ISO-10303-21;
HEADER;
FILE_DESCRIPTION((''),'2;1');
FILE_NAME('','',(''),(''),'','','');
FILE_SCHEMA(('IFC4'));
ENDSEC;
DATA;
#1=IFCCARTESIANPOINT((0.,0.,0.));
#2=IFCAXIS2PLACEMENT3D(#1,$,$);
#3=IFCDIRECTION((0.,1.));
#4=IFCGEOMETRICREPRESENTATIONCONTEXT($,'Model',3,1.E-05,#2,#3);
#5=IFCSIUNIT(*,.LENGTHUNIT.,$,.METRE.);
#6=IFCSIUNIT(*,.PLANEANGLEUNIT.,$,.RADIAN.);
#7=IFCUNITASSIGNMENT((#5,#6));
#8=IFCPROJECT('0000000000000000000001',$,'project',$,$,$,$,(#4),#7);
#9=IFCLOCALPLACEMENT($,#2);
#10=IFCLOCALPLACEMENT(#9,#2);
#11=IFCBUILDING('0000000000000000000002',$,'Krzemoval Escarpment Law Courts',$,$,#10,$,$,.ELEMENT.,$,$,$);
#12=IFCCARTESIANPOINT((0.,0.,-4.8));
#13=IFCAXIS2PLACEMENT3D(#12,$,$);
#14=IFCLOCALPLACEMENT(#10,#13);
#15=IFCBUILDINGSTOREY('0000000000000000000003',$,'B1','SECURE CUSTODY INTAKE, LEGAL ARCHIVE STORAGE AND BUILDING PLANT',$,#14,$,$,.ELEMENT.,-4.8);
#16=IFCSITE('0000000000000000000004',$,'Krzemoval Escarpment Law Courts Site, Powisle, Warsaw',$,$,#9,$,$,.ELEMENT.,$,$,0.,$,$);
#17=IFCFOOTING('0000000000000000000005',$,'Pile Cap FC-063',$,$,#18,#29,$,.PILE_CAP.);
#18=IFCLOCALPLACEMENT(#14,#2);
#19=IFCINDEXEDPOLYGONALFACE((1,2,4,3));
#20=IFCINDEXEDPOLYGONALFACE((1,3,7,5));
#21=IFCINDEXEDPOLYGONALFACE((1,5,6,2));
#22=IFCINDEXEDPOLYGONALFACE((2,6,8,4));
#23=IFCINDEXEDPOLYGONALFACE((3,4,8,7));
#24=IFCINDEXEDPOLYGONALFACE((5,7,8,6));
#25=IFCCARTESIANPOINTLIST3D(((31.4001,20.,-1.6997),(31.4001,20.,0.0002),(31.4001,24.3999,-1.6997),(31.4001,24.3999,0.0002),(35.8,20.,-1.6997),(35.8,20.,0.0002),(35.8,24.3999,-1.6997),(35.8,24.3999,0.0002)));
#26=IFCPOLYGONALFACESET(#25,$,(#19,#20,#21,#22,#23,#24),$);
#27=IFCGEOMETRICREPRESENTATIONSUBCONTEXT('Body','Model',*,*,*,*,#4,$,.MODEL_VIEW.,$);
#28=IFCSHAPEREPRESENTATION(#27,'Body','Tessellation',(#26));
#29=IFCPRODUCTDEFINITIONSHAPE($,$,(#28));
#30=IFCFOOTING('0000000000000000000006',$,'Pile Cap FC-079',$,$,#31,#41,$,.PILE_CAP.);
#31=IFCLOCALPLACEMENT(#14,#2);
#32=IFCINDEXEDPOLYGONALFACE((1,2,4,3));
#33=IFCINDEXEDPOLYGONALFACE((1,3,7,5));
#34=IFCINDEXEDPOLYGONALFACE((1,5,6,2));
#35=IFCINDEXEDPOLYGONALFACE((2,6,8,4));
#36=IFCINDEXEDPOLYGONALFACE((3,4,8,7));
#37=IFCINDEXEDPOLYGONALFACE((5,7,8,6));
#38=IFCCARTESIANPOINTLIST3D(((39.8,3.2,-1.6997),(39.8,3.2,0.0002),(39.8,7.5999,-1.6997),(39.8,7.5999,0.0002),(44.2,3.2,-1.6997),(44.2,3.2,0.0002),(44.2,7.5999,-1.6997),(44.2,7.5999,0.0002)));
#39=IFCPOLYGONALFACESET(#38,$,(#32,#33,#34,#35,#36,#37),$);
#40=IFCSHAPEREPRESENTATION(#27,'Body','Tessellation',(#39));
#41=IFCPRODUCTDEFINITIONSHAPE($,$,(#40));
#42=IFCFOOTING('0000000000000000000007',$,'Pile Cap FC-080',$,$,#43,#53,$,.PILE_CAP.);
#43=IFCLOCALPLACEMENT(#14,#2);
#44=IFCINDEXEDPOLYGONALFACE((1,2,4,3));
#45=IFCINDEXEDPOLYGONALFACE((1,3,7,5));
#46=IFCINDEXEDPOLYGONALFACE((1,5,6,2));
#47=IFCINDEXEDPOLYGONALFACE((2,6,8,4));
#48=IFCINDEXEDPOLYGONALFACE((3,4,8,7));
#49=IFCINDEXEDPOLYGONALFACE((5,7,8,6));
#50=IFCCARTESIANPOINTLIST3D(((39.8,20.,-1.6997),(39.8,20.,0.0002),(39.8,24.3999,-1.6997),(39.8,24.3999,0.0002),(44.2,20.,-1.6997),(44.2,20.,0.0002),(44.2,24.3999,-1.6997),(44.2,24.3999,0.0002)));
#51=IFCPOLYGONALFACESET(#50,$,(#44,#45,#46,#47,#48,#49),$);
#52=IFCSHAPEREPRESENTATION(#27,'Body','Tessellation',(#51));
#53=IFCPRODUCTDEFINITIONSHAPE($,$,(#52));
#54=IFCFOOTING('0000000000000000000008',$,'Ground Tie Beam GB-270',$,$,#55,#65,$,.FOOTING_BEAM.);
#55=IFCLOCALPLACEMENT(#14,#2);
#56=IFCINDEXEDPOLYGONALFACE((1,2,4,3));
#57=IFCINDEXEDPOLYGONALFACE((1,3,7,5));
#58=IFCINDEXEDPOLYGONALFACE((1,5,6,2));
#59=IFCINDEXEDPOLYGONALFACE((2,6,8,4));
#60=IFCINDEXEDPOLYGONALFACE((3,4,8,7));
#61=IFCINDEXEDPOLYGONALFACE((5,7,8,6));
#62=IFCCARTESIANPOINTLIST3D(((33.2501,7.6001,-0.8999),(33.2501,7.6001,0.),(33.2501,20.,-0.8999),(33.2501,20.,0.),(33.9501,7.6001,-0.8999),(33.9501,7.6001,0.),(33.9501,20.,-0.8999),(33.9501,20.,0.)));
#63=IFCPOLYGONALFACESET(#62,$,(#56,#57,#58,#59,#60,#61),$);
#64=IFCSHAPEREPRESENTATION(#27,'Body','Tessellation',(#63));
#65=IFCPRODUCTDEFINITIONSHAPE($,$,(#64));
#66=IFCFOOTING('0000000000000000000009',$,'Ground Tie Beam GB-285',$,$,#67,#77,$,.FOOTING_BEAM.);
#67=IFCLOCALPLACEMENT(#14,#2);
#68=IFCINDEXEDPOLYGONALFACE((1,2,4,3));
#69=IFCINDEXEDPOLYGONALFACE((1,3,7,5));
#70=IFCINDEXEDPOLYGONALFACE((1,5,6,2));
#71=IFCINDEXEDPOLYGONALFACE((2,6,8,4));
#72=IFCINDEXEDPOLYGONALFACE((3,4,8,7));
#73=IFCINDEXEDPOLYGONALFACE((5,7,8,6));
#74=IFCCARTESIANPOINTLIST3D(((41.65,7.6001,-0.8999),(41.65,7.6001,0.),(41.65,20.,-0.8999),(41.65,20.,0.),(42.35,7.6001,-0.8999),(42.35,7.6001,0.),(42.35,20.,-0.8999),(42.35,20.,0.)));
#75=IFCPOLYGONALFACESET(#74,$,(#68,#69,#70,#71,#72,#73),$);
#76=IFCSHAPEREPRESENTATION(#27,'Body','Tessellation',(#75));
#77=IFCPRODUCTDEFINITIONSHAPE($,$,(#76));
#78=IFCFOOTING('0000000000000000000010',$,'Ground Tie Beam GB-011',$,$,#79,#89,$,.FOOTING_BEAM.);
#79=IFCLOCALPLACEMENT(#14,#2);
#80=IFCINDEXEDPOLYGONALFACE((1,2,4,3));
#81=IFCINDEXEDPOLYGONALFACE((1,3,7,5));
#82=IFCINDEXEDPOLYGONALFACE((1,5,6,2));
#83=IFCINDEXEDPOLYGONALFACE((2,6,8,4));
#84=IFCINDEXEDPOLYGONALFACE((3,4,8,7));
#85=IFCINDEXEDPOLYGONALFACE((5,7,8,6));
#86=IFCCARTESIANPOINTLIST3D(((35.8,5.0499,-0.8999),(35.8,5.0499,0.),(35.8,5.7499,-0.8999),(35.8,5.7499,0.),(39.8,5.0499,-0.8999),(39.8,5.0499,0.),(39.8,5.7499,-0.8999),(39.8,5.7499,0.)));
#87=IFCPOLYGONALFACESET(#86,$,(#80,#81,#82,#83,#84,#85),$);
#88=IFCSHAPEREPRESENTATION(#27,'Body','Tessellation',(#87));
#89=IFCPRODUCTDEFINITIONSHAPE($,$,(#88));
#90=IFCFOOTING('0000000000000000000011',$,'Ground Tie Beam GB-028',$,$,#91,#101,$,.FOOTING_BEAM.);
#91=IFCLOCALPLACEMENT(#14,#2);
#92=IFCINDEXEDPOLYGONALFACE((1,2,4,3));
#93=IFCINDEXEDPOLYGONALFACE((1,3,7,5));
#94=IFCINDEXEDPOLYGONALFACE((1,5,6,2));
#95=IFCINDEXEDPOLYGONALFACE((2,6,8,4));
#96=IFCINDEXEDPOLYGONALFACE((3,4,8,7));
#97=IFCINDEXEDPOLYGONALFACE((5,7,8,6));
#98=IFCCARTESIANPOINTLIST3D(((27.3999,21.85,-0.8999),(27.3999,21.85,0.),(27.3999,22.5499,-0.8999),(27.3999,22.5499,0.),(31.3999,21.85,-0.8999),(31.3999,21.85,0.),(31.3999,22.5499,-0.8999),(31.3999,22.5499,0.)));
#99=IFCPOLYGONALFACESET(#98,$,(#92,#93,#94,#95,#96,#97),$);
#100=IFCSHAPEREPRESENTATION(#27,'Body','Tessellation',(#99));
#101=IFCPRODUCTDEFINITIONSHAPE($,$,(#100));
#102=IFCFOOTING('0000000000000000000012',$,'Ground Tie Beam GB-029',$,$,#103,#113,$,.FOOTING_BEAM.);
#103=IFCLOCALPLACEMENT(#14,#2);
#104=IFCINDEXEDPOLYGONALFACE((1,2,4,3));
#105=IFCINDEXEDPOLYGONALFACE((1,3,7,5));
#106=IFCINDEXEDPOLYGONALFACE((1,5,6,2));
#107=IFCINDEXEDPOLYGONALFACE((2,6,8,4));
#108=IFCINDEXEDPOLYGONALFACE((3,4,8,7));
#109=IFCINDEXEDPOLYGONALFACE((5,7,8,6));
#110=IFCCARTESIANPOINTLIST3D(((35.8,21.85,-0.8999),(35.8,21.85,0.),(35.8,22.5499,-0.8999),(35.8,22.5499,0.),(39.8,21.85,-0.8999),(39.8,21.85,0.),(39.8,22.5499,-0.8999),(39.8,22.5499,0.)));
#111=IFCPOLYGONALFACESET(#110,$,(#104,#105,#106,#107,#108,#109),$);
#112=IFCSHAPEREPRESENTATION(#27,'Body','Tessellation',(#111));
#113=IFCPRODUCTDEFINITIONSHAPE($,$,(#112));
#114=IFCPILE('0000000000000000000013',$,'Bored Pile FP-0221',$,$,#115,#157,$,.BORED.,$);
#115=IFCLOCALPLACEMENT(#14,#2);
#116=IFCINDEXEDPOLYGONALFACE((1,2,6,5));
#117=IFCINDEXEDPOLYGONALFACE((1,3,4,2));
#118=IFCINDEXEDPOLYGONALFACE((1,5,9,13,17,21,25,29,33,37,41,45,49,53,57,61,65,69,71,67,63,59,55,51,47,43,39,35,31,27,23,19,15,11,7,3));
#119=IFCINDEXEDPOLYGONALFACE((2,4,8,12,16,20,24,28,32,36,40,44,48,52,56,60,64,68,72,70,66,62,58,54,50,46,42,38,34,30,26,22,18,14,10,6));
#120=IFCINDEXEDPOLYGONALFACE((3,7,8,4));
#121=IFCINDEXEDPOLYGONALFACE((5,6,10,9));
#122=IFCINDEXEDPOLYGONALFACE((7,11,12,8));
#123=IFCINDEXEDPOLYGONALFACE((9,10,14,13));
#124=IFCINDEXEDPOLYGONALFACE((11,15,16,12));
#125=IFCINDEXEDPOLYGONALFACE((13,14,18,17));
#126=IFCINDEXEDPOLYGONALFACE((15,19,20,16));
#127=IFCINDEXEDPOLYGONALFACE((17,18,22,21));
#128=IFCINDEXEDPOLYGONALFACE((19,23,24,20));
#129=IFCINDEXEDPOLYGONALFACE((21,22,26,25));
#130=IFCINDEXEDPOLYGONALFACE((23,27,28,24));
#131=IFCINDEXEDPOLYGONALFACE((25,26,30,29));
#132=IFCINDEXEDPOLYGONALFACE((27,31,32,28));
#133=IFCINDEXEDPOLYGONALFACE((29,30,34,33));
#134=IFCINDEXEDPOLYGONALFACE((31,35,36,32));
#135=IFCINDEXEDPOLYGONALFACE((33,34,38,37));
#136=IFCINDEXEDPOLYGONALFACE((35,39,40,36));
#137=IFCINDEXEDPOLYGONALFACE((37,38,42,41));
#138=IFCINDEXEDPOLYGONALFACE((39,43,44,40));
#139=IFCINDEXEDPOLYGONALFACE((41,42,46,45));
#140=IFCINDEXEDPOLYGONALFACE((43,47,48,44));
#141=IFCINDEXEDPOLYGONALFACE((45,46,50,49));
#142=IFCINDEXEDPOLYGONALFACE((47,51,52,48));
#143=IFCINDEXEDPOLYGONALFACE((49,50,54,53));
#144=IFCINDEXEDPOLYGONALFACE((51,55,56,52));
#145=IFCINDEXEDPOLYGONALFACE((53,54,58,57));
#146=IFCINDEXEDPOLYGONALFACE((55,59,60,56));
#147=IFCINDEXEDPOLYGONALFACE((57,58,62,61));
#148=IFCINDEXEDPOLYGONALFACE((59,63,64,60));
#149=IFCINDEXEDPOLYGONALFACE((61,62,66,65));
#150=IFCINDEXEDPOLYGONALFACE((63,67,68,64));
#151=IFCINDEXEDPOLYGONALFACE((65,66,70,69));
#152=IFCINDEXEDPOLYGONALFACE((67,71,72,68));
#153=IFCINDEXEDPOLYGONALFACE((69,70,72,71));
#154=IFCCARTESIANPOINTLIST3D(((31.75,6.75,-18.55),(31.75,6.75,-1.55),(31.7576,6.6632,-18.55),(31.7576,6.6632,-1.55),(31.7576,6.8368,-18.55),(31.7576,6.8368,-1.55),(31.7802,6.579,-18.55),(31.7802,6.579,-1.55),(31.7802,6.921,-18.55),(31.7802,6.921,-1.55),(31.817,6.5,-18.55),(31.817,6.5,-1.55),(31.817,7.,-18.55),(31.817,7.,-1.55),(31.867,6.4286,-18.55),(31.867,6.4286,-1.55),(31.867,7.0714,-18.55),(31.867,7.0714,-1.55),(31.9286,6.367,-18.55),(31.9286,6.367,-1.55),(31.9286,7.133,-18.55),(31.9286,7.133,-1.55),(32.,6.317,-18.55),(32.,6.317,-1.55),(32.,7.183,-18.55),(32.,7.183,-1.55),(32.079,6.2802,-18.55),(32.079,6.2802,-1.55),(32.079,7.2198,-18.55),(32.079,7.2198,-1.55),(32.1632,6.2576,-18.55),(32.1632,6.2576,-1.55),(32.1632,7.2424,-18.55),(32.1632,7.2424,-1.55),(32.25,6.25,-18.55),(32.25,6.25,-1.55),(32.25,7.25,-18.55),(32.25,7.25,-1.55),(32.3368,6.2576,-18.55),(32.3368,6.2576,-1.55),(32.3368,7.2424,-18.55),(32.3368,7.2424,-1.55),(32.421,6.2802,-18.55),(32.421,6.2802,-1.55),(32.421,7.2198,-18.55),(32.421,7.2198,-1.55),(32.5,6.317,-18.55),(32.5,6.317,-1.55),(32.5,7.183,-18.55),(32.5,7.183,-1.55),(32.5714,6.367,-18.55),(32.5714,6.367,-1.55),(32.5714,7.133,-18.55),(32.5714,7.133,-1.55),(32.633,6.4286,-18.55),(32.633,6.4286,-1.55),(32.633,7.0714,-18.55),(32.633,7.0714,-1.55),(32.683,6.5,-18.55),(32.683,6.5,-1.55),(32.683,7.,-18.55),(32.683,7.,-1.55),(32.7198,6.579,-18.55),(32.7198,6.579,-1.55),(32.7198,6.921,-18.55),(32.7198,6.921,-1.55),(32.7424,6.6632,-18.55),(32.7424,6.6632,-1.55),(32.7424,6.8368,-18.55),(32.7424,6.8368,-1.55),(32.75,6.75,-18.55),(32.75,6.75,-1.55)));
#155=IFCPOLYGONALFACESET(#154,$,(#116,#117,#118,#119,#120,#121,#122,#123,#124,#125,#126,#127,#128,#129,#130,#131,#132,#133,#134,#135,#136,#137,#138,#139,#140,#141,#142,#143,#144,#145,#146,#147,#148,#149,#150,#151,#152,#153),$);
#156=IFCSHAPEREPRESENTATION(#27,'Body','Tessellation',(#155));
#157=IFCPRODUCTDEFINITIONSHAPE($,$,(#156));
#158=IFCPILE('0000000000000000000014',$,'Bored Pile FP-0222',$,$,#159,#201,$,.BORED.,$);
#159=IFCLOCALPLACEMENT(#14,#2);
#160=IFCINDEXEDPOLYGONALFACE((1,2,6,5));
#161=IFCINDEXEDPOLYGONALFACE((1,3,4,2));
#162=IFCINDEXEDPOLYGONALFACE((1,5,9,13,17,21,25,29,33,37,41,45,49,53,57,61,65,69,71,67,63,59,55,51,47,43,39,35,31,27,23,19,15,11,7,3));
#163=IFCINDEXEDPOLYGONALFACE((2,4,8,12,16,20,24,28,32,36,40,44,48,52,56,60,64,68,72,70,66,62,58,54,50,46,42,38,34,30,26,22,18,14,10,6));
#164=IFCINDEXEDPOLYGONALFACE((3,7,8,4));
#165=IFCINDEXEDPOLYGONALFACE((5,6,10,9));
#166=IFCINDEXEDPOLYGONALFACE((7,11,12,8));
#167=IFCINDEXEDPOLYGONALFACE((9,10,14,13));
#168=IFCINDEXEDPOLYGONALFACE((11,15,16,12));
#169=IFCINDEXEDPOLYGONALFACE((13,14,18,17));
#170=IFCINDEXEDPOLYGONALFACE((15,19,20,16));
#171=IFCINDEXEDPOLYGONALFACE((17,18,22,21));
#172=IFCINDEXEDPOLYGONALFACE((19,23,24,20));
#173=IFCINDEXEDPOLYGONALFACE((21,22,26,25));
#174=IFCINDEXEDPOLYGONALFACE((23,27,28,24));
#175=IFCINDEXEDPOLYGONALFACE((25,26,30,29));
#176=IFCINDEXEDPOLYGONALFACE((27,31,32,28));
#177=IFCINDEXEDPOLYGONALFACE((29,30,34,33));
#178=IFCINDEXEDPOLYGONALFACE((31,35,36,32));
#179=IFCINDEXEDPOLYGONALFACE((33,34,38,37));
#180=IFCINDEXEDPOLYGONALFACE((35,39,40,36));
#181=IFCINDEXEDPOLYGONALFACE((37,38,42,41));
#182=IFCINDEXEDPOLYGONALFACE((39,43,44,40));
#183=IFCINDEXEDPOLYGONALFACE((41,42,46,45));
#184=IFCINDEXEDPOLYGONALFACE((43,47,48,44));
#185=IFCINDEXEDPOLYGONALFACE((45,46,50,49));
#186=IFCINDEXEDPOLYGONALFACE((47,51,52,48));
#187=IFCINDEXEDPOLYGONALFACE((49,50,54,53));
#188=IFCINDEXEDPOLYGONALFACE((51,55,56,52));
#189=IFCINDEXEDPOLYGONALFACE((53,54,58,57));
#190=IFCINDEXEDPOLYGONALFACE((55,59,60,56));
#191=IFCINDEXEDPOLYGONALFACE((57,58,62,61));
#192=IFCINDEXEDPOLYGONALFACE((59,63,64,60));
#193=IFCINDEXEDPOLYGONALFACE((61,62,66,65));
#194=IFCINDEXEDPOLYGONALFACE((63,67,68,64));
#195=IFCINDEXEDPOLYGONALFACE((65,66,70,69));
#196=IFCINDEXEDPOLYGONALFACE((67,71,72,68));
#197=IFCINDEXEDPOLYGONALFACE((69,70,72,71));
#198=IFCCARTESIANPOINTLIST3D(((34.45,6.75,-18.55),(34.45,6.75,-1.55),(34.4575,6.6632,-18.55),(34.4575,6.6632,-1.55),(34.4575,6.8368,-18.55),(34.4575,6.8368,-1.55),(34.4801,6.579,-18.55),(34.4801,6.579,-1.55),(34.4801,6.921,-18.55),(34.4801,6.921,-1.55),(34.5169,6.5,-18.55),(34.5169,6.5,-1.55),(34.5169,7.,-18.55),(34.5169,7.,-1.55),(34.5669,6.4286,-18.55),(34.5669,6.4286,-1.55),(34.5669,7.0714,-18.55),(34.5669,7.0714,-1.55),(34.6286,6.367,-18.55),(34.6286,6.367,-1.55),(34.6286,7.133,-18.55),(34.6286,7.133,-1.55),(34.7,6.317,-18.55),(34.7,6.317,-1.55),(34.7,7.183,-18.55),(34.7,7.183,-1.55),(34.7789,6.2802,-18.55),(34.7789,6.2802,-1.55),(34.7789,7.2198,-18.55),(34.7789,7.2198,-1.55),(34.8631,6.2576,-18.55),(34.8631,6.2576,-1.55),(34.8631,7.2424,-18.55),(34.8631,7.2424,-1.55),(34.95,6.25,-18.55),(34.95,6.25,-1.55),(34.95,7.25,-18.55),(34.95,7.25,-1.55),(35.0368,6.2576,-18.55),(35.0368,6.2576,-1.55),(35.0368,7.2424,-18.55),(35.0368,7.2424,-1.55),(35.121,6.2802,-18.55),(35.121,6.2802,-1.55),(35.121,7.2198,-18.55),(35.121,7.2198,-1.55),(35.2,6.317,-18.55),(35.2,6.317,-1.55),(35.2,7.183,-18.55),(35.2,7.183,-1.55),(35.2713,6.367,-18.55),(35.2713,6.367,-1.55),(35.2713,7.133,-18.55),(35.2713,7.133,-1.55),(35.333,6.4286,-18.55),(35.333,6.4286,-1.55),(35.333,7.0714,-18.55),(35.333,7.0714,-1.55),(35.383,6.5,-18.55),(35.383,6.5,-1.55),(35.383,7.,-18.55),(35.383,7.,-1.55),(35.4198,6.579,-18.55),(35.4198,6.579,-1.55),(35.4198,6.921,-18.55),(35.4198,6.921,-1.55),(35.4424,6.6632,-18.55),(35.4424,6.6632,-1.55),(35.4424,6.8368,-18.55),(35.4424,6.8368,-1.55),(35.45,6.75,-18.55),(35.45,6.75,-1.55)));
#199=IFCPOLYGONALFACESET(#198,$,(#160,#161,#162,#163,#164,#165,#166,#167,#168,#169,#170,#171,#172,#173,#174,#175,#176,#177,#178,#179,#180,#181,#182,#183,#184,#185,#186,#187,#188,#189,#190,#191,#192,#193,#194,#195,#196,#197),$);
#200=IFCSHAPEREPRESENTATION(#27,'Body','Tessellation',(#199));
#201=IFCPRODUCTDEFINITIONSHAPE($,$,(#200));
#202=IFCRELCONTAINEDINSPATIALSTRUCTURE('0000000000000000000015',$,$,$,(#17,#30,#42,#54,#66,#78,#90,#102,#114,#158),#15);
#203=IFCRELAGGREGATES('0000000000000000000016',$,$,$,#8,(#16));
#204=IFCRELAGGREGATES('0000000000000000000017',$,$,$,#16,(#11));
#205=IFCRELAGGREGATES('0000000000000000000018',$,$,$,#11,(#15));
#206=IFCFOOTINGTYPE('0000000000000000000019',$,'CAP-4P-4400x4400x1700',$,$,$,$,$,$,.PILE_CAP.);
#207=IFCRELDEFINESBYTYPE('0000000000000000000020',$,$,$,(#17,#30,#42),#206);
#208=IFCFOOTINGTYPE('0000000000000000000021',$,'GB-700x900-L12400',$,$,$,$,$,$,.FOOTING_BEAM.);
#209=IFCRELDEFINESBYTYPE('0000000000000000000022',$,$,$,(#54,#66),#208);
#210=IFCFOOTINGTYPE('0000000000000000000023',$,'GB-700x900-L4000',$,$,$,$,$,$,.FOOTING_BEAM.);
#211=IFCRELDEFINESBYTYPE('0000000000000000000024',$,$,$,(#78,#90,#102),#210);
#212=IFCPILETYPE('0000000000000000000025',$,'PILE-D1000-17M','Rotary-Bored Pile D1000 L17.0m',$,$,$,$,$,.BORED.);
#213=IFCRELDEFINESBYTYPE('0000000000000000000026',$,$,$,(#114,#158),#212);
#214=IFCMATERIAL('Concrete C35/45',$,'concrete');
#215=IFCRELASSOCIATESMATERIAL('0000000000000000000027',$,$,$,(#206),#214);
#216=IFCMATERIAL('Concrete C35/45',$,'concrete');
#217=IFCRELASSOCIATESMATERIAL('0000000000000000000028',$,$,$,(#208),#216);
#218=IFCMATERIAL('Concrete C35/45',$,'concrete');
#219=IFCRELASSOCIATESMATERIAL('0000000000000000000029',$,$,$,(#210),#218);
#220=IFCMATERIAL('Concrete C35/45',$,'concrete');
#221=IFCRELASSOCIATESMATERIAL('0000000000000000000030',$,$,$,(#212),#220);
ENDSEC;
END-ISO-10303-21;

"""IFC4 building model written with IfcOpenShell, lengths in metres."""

from ifc_helpers import new_model, si_unit, direction, frame, origin, origin_2d, place, context, subcontext, project, spatial, rectangle, circle, extrude, material, material_profile, profile_set, type_object, element, save


model = new_model("IFC4")

# Units and contexts
model_context = context("Model", 3, precision=1e-05, world=origin(), true_north=direction((0.0, 1.0)))
body_context = subcontext(model_context, "Body", "Model", "MODEL_VIEW")
ifc_project = project(units=[si_unit("LENGTHUNIT", "METRE"), si_unit("PLANEANGLEUNIT", "RADIAN")], contexts=[model_context])

# Site, building, storey
site_placement = place(None, origin())
site = spatial("IfcSite", under=ifc_project, at=site_placement, Name="Krzemoval Escarpment Law Courts Site, Powisle, Warsaw", CompositionType="ELEMENT", RefElevation=0.0)
building_placement = place(site_placement, origin())
building = spatial("IfcBuilding", under=site, at=building_placement, Name="Krzemoval Escarpment Law Courts", CompositionType="ELEMENT")
storey_placement = place(building_placement, frame((0.0, 0.0, -4.8)))
storey = spatial("IfcBuildingStorey", under=building, at=storey_placement, Name="B1", Description="SECURE CUSTODY INTAKE, LEGAL ARCHIVE STORAGE AND BUILDING PLANT", CompositionType="ELEMENT", Elevation=-4.8)

# Footings
ifc_material_1 = material(Name="Concrete C35/45", Category="concrete")
footing_type_1 = type_object("IfcFootingType", Name="CAP-4P-4400x4400x1700", PredefinedType="PILE_CAP", material=ifc_material_1)
for number, where, z_axis, x_axis, name in (
    (1, (33.6001, 22.2, -1.6997), (0.0, 0.0, 1.0), (1.0, 0.0, 0.0), "Pile Cap FC-063"),
    (2, (42.0, 5.3999, -1.6997), (0.0, 0.0, 1.0), (1.0, 0.0, 0.0), "Pile Cap FC-079"),
    (3, (42.0, 22.2, -1.6997), (0.0, 0.0, 1.0), (1.0, 0.0, 0.0), "Pile Cap FC-080"),
):
    element("IfcFooting", number, at=place(storey_placement, frame(where, z_axis=z_axis, x_axis=x_axis)), inside=storey, type_object=footing_type_1, Name=name, PredefinedType="PILE_CAP", context=body_context, shape_type="SweptSolid", body=[
        extrude(rectangle(XDim=4.3999, YDim=4.3999, at=origin_2d()), origin(), (0.0, 0.0, 1.0), 1.7),
    ])
ifc_material_2 = material(Name="Concrete C35/45", Category="concrete")
footing_type_2 = type_object("IfcFootingType", Name="GB-700x900-L12400", PredefinedType="FOOTING_BEAM", material=ifc_material_2)
for number, where, z_axis, x_axis, name in (
    (4, (33.6001, 13.8, -0.8999), (0.0, 0.0, 1.0), (0.0, 1.0, 0.0), "Ground Tie Beam GB-270"),
    (5, (42.0, 13.8, -0.8999), (0.0, 0.0, 1.0), (0.0, 1.0, 0.0), "Ground Tie Beam GB-285"),
):
    element("IfcFooting", number, at=place(storey_placement, frame(where, z_axis=z_axis, x_axis=x_axis)), inside=storey, type_object=footing_type_2, Name=name, PredefinedType="FOOTING_BEAM", context=body_context, shape_type="SweptSolid", body=[
        extrude(rectangle(XDim=12.3999, YDim=0.7, at=origin_2d()), origin(), (0.0, 0.0, 1.0), 0.8999),
    ])
ifc_material_3 = material(Name="Concrete C35/45", Category="concrete")
footing_type_3 = type_object("IfcFootingType", Name="GB-700x900-L4000", PredefinedType="FOOTING_BEAM", material=ifc_material_3)
for number, where, z_axis, x_axis, name in (
    (6, (37.8, 5.3999, -0.8999), (0.0, 0.0, 1.0), (1.0, 0.0, 0.0), "Ground Tie Beam GB-011"),
    (7, (29.3999, 22.2, -0.8999), (0.0, 0.0, 1.0), (1.0, 0.0, 0.0), "Ground Tie Beam GB-028"),
    (8, (37.8, 22.2, -0.8999), (0.0, 0.0, 1.0), (1.0, 0.0, 0.0), "Ground Tie Beam GB-029"),
):
    element("IfcFooting", number, at=place(storey_placement, frame(where, z_axis=z_axis, x_axis=x_axis)), inside=storey, type_object=footing_type_3, Name=name, PredefinedType="FOOTING_BEAM", context=body_context, shape_type="SweptSolid", body=[
        extrude(rectangle(XDim=4.0, YDim=0.7, at=origin_2d()), origin(), (0.0, 0.0, 1.0), 0.8999),
    ])

# Piles
ifc_material_4 = material(Name="Concrete C35/45", Category="concrete")
ifc_material_profile_1 = material_profile(ifc_material_4, circle(Radius=0.5, at=origin_2d()), Name="PILE D1000")
ifc_profile_set_1 = profile_set([ifc_material_profile_1], Name="Concrete C35/45")
pile_type = type_object("IfcPileType", Name="PILE-D1000-17M", Description="Rotary-Bored Pile D1000 L17.0m", PredefinedType="BORED", material=ifc_profile_set_1)
for number, where, z_axis, x_axis, name in (
    (9, (32.25, 6.75, -1.55), (0.0, 0.0, -1.0), (1.0, 0.0, 0.0), "Bored Pile FP-0221"),
    (10, (34.95, 6.75, -1.55), (0.0, 0.0, -1.0), (1.0, 0.0, 0.0), "Bored Pile FP-0222"),
):
    element("IfcPile", number, at=place(storey_placement, frame(where, z_axis=z_axis, x_axis=x_axis)), inside=storey, type_object=pile_type, Name=name, PredefinedType="BORED", context=body_context, shape_type="SweptSolid", body=[
        extrude(circle(Radius=0.5, at=origin_2d()), origin(), (0.0, 0.0, 1.0), 17.0),
    ])

save(model, "model.ifc")
